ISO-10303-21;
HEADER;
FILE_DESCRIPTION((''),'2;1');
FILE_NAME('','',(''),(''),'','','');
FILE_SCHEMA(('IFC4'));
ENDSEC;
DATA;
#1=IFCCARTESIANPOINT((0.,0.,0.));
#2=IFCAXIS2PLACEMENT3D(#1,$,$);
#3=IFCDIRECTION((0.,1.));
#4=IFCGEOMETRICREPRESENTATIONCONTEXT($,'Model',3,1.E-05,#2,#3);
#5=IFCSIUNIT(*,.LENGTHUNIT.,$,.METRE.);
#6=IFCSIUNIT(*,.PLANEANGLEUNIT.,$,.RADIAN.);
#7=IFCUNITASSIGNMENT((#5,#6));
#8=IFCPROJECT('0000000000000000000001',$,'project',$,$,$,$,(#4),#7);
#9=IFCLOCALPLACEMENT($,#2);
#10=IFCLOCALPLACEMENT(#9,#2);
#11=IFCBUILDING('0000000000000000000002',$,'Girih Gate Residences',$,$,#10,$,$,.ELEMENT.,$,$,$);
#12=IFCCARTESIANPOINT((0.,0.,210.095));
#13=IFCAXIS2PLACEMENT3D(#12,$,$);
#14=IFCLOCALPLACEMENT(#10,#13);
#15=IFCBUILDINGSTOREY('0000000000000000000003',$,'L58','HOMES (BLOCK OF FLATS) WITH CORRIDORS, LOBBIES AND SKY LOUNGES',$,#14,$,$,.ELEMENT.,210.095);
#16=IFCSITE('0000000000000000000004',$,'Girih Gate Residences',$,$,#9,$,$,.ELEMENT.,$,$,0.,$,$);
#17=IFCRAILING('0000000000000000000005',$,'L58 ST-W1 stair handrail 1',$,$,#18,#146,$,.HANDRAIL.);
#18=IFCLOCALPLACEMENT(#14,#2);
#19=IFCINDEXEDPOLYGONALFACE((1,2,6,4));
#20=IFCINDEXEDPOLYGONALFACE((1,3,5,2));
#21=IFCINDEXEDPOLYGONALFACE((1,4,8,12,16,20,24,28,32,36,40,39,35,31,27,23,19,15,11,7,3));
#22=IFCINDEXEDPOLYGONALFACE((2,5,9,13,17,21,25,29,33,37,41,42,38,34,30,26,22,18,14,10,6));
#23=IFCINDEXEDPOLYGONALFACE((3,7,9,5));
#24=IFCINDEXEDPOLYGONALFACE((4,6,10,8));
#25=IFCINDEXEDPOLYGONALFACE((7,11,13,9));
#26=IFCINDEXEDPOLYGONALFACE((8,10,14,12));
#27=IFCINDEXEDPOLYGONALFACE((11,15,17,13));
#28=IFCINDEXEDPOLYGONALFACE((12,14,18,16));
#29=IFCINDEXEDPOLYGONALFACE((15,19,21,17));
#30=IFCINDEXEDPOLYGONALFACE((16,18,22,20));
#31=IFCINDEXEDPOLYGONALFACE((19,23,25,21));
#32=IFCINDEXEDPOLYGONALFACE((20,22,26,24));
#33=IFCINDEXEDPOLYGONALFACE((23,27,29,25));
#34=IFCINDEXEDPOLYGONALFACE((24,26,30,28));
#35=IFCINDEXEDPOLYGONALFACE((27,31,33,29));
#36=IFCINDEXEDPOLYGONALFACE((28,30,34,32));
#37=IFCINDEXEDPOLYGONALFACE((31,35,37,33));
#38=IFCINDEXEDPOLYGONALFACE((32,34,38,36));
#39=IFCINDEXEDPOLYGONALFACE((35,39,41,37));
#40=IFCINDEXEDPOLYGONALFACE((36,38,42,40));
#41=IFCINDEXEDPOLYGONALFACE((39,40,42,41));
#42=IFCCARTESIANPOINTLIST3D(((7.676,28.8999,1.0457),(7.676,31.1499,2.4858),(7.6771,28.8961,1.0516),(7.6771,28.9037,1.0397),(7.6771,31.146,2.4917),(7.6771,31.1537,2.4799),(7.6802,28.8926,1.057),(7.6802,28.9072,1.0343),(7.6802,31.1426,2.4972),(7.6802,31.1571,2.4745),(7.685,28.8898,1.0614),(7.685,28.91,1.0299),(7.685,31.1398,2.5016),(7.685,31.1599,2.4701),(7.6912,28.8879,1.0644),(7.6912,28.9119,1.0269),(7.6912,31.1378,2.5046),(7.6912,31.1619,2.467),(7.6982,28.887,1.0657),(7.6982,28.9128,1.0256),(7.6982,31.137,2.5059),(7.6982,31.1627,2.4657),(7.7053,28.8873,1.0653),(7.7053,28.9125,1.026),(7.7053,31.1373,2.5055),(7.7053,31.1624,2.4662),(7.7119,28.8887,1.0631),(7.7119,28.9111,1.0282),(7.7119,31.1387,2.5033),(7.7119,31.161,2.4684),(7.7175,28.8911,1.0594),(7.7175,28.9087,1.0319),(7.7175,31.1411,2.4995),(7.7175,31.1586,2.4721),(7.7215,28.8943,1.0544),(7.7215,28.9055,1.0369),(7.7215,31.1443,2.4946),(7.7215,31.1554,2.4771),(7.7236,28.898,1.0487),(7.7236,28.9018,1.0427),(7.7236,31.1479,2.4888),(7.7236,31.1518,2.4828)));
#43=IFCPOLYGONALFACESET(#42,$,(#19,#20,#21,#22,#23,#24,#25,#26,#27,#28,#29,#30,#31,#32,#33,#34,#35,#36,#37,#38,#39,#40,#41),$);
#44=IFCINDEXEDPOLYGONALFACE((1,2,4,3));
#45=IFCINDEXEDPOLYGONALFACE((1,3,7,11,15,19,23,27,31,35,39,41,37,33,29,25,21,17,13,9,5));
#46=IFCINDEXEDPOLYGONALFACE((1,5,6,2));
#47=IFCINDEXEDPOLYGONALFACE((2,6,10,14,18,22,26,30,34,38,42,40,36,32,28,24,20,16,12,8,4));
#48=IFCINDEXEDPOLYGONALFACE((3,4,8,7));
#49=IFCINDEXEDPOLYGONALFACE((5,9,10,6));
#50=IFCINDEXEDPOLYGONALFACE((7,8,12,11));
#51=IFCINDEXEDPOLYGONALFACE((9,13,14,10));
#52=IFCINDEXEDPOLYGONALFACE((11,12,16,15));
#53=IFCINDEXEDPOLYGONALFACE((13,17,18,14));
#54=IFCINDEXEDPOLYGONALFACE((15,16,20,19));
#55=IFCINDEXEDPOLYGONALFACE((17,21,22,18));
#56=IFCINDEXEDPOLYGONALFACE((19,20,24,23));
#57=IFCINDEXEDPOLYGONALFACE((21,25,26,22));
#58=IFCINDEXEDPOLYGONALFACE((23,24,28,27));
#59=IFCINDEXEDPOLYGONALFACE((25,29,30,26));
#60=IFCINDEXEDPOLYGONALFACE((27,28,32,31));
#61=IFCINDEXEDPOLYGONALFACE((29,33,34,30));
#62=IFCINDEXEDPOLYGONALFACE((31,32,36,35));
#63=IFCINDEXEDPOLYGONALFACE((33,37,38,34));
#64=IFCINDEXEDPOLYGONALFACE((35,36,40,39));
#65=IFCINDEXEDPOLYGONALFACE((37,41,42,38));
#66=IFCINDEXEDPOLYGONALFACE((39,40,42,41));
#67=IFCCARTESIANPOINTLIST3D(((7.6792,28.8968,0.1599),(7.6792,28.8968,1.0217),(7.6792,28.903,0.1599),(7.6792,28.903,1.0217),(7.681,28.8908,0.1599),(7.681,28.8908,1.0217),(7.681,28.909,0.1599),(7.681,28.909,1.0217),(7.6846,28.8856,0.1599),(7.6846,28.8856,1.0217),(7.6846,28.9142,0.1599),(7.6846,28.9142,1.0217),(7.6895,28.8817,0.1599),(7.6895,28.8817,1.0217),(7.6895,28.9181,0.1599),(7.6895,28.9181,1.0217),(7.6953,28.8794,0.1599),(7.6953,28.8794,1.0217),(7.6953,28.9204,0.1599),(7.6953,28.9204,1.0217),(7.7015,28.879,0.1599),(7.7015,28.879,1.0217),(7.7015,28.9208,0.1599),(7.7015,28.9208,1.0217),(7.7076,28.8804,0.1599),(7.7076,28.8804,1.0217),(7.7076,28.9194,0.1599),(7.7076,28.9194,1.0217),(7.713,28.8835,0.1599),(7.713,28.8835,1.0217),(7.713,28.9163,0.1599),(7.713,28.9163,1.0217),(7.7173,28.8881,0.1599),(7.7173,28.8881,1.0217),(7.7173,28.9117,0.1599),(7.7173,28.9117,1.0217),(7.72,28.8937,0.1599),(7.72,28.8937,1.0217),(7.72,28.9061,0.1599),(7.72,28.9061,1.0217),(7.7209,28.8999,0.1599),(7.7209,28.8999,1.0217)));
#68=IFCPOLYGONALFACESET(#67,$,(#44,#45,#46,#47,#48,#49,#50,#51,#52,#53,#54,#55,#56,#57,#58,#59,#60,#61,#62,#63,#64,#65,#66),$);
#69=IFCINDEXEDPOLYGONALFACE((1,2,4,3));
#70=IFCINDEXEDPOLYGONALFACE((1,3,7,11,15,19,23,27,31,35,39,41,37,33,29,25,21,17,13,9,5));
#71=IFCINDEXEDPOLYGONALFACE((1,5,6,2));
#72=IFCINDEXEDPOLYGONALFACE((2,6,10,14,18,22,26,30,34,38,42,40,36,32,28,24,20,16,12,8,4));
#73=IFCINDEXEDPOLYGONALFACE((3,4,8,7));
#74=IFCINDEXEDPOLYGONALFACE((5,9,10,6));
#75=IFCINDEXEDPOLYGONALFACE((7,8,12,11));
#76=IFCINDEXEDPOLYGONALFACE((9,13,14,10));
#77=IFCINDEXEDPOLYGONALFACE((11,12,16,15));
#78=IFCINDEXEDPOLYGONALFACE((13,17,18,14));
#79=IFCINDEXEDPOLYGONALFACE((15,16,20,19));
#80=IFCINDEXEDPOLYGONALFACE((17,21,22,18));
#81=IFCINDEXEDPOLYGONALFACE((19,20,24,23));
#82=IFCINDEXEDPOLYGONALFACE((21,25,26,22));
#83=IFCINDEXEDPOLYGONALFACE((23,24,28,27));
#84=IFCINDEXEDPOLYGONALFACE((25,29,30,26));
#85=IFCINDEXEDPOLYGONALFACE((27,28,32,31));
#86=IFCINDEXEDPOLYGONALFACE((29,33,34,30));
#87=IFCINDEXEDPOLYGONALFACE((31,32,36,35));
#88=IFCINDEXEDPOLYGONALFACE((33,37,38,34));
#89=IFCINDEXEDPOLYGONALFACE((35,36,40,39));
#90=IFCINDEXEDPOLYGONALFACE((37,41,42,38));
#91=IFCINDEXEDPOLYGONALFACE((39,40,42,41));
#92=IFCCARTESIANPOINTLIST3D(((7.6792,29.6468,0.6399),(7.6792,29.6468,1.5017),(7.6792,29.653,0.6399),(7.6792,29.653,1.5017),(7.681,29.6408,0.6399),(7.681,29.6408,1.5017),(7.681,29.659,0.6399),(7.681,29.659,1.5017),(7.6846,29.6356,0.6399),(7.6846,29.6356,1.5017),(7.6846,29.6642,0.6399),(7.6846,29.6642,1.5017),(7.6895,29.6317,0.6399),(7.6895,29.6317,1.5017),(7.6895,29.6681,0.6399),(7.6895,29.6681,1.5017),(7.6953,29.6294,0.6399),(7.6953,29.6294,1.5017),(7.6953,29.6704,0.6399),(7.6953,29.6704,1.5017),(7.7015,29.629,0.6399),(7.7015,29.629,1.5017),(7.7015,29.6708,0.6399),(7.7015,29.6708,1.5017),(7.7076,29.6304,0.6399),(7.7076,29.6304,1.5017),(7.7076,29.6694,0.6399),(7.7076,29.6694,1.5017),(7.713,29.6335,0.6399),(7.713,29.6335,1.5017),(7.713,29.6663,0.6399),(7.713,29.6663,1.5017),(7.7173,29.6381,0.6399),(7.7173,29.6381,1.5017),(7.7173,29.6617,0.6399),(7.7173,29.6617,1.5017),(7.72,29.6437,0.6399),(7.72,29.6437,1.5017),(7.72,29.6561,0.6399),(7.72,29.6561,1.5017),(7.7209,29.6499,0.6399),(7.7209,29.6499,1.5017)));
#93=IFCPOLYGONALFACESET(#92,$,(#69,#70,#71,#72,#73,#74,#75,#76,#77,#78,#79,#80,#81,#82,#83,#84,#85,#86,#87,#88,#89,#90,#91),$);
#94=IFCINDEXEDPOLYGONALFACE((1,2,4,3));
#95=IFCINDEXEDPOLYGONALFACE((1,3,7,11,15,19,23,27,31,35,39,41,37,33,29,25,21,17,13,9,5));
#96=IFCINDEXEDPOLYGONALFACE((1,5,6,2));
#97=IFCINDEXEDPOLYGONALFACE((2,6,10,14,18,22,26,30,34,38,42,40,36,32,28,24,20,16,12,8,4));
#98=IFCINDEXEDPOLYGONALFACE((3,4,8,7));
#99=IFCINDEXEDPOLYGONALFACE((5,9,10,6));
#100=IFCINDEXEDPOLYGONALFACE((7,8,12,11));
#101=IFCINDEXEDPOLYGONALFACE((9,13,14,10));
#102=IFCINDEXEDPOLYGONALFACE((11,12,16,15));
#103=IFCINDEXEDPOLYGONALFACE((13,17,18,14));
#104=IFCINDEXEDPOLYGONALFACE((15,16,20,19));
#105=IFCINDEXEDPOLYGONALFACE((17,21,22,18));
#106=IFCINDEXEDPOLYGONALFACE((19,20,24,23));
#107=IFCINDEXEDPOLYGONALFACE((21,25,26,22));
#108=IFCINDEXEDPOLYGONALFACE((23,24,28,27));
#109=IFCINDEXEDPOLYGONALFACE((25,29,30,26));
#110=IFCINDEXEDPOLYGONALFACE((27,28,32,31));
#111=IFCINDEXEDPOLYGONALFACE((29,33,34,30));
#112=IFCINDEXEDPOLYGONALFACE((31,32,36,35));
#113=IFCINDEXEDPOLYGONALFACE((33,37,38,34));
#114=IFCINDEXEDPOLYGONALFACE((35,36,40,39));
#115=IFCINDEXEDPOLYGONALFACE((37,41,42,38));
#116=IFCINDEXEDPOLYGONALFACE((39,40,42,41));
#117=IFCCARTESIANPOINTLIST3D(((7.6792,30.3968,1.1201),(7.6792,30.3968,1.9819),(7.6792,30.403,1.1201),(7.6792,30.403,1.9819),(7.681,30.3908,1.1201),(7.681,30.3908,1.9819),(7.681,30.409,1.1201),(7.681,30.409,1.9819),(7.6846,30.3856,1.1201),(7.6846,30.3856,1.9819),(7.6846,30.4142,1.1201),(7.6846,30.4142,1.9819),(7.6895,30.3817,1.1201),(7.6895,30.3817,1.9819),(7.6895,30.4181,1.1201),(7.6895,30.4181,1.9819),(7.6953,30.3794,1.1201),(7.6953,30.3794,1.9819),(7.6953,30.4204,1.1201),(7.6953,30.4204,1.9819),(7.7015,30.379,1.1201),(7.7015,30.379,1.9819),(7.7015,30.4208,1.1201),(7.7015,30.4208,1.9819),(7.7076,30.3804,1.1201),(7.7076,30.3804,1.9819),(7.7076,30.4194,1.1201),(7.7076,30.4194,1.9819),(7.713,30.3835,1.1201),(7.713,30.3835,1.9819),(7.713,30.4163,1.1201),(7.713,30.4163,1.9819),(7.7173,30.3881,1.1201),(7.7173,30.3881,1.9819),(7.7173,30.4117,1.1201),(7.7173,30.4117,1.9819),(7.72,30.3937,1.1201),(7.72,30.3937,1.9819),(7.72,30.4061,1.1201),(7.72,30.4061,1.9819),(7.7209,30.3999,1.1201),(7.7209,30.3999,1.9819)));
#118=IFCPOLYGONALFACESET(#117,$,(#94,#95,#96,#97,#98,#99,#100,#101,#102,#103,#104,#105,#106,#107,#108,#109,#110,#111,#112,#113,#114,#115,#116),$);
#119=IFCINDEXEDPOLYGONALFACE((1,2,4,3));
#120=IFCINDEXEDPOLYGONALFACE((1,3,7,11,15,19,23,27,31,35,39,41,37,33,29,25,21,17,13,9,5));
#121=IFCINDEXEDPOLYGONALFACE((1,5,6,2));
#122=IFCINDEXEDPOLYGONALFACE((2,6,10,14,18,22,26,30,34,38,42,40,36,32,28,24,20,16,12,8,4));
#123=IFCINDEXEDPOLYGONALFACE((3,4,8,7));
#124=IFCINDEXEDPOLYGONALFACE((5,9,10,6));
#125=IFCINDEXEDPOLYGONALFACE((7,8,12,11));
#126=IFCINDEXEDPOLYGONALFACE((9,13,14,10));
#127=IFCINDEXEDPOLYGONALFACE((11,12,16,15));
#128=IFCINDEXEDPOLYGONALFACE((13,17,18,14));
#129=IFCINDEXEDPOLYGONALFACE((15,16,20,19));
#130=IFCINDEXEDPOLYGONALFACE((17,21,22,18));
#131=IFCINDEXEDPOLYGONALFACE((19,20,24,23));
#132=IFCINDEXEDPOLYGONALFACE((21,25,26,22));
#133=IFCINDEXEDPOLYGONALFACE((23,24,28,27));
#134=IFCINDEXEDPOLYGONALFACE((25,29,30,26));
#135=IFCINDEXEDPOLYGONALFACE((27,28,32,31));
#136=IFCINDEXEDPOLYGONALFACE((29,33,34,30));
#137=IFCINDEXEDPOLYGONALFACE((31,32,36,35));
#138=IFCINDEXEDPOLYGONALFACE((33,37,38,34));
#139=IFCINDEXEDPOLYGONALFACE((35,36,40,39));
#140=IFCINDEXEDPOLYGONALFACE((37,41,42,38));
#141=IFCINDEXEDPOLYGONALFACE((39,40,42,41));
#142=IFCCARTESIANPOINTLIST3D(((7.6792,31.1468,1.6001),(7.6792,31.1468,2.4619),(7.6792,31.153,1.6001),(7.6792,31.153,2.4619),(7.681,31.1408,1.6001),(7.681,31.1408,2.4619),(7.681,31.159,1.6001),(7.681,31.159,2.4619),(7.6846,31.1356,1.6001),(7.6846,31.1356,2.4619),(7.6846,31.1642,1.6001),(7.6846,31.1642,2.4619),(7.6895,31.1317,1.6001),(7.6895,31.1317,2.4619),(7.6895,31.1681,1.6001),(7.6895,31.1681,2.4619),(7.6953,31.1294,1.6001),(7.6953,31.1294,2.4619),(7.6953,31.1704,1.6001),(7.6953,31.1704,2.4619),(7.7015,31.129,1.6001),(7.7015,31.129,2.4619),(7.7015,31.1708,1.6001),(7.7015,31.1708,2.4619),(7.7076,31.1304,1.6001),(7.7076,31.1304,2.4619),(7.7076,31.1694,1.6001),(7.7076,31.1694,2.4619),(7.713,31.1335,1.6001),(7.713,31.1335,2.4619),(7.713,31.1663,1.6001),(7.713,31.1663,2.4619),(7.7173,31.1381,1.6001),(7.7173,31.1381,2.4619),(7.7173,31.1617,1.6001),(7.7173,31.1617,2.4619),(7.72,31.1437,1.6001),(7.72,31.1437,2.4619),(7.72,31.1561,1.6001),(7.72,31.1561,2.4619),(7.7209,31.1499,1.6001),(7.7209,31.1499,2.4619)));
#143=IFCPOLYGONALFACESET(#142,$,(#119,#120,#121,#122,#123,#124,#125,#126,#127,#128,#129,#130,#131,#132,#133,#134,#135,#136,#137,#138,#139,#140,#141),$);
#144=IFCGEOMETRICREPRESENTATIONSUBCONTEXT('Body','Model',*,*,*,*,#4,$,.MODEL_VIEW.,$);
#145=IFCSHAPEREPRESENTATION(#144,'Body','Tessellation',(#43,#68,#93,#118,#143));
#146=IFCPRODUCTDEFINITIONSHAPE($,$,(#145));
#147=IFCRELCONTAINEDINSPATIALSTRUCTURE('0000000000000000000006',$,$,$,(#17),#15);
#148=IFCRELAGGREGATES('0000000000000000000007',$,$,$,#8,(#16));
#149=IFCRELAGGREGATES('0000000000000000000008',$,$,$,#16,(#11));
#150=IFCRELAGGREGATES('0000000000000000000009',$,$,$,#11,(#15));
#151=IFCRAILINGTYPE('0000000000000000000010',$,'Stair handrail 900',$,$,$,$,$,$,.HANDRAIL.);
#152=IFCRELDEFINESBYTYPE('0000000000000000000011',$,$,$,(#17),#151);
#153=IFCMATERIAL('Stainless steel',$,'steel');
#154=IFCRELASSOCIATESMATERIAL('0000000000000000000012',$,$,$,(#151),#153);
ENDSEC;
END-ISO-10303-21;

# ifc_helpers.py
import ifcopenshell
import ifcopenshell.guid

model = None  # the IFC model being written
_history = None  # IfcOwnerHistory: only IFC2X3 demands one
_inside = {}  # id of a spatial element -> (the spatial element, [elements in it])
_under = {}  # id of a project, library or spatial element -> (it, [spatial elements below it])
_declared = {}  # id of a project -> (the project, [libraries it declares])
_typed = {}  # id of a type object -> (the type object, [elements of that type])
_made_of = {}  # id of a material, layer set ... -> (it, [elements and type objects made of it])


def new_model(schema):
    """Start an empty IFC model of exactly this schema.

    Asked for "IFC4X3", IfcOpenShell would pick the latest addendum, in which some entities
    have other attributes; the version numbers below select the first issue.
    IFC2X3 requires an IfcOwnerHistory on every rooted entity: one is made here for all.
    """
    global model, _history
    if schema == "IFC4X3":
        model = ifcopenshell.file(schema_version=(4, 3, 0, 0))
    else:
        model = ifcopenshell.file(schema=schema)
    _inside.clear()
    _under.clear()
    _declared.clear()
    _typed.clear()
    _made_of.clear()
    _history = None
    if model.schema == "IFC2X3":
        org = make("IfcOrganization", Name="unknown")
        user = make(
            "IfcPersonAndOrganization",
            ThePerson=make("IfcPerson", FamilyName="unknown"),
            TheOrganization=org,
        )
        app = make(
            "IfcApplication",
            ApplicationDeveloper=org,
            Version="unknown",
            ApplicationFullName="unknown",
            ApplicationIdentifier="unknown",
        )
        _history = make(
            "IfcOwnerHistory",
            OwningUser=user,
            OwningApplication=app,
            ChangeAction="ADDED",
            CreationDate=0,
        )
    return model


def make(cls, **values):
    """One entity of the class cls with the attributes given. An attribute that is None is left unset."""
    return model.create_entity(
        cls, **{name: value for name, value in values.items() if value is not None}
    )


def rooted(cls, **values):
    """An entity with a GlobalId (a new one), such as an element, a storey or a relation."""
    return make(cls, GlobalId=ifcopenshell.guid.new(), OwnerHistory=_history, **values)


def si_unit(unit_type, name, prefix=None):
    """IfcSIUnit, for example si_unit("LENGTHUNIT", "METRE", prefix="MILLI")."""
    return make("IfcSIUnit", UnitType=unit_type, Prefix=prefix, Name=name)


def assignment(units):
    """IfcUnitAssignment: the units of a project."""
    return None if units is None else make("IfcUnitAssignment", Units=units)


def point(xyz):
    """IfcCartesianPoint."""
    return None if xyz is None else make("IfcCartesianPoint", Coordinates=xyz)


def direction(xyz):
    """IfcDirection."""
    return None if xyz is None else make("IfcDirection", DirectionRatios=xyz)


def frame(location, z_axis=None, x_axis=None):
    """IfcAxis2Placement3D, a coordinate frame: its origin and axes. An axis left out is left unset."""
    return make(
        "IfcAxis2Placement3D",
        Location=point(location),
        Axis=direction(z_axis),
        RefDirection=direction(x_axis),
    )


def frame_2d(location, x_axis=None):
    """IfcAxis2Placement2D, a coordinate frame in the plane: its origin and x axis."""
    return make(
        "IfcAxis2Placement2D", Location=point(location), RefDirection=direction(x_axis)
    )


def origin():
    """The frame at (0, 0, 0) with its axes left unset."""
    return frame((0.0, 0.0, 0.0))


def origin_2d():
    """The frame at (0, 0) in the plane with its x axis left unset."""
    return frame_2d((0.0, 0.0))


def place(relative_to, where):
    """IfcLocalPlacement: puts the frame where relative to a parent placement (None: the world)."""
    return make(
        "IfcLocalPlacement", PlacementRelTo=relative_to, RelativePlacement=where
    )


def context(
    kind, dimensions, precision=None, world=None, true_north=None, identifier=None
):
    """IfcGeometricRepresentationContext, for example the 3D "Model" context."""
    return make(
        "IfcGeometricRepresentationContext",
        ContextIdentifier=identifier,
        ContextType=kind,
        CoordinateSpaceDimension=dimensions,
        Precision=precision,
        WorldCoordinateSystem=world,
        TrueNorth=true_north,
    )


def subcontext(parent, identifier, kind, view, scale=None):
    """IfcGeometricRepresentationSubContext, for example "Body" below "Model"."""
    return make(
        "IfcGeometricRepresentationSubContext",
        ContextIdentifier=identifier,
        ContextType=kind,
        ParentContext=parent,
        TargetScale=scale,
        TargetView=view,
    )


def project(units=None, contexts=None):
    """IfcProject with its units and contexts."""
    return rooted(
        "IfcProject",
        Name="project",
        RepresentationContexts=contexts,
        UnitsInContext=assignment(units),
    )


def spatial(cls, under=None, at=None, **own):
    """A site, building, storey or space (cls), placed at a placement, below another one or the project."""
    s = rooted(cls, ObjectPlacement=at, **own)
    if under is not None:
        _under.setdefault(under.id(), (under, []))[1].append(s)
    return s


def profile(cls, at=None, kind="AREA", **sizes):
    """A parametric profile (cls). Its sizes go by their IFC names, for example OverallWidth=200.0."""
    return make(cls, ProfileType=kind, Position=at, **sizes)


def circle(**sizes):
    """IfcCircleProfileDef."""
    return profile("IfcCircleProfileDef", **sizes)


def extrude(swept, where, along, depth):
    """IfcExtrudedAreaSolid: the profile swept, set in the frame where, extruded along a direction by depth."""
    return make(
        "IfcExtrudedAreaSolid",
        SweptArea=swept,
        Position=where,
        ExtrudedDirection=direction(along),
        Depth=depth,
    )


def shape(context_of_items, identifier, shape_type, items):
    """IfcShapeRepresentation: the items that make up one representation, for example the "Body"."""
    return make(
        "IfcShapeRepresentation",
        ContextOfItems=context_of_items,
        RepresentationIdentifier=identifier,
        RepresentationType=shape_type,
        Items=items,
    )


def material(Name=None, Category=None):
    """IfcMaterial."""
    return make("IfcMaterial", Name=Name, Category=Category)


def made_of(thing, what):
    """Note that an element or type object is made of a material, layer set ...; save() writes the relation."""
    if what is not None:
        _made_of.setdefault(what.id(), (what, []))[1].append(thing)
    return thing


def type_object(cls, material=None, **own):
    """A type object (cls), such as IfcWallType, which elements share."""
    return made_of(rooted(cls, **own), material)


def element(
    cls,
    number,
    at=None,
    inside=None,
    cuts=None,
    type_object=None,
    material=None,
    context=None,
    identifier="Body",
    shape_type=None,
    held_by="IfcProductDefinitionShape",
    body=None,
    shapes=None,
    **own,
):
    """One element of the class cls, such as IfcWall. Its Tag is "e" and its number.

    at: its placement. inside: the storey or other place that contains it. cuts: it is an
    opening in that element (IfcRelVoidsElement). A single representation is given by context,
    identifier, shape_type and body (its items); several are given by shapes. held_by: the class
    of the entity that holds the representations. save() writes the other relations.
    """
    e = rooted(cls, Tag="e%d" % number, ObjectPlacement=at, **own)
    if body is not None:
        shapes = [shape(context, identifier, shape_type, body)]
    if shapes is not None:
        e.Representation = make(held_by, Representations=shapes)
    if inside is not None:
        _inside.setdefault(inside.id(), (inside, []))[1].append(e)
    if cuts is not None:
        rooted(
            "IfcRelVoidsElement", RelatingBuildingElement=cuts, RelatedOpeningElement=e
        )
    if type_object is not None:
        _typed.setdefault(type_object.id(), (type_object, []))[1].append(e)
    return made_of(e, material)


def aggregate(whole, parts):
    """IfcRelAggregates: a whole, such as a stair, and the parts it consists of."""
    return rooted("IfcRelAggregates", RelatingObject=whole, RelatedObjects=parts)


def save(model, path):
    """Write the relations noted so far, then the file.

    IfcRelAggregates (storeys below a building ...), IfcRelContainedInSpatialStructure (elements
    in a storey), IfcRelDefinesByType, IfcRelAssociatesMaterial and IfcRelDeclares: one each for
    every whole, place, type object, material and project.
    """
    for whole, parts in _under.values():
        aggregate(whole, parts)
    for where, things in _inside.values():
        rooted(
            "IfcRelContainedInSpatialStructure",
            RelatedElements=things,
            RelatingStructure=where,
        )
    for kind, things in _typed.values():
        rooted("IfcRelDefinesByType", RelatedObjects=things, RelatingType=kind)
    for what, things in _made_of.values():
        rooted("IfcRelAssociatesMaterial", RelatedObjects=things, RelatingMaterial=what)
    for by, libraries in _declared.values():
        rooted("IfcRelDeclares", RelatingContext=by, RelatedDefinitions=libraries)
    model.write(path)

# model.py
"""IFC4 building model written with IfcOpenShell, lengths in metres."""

from ifc_helpers import new_model, si_unit, direction, frame, origin, origin_2d, place, context, subcontext, project, spatial, circle, extrude, material, type_object, element, save


model = new_model("IFC4")

# Units and contexts
model_context = context("Model", 3, precision=1e-05, world=origin(), true_north=direction((0.0, 1.0)))
body_context = subcontext(model_context, "Body", "Model", "MODEL_VIEW")
ifc_project = project(units=[si_unit("LENGTHUNIT", "METRE"), si_unit("PLANEANGLEUNIT", "RADIAN")], contexts=[model_context])

# Site, building, storey
site_placement = place(None, origin())
site = spatial("IfcSite", under=ifc_project, at=site_placement, Name="Girih Gate Residences", CompositionType="ELEMENT", RefElevation=0.0)
building_placement = place(site_placement, origin())
building = spatial("IfcBuilding", under=site, at=building_placement, Name="Girih Gate Residences", CompositionType="ELEMENT")
storey_placement = place(building_placement, frame((0.0, 0.0, 210.095)))
storey = spatial("IfcBuildingStorey", under=building, at=storey_placement, Name="L58", Description="HOMES (BLOCK OF FLATS) WITH CORRIDORS, LOBBIES AND SKY LOUNGES", CompositionType="ELEMENT", Elevation=210.095)

# Railing
ifc_material_1 = material(Name="Stainless steel", Category="steel")
railing_type_1 = type_object("IfcRailingType", Name="Stair handrail 900", PredefinedType="HANDRAIL", material=ifc_material_1)
for number, where, name in (
    (1, (7.7, 28.8999, 0.1599), "L58 ST-W1 stair handrail 1"),
):
    element("IfcRailing", number, at=place(storey_placement, frame(where)), inside=storey, type_object=railing_type_1, Name=name, PredefinedType="HANDRAIL", context=body_context, shape_type="SweptSolid", body=[
        extrude(circle(Radius=0.0239, at=origin_2d()), frame((0.0, 0.0, 0.8857), z_axis=(0.0, 0.84224, 0.539103), x_axis=(-1.0, 0.0, 0.0)), (0.0, 0.0, 1.0), 2.6714),
        extrude(circle(Radius=0.021, at=origin_2d()), origin(), (0.0, 0.0, 1.0), 0.8618),
        extrude(circle(Radius=0.021, at=origin_2d()), frame((0.0, 0.75, 0.48)), (0.0, 0.0, 1.0), 0.8618),
        extrude(circle(Radius=0.021, at=origin_2d()), frame((0.0, 1.5, 0.9602)), (0.0, 0.0, 1.0), 0.8618),
        extrude(circle(Radius=0.021, at=origin_2d()), frame((0.0, 2.25, 1.4402)), (0.0, 0.0, 1.0), 0.8618),
    ])

save(model, "model.ifc")
